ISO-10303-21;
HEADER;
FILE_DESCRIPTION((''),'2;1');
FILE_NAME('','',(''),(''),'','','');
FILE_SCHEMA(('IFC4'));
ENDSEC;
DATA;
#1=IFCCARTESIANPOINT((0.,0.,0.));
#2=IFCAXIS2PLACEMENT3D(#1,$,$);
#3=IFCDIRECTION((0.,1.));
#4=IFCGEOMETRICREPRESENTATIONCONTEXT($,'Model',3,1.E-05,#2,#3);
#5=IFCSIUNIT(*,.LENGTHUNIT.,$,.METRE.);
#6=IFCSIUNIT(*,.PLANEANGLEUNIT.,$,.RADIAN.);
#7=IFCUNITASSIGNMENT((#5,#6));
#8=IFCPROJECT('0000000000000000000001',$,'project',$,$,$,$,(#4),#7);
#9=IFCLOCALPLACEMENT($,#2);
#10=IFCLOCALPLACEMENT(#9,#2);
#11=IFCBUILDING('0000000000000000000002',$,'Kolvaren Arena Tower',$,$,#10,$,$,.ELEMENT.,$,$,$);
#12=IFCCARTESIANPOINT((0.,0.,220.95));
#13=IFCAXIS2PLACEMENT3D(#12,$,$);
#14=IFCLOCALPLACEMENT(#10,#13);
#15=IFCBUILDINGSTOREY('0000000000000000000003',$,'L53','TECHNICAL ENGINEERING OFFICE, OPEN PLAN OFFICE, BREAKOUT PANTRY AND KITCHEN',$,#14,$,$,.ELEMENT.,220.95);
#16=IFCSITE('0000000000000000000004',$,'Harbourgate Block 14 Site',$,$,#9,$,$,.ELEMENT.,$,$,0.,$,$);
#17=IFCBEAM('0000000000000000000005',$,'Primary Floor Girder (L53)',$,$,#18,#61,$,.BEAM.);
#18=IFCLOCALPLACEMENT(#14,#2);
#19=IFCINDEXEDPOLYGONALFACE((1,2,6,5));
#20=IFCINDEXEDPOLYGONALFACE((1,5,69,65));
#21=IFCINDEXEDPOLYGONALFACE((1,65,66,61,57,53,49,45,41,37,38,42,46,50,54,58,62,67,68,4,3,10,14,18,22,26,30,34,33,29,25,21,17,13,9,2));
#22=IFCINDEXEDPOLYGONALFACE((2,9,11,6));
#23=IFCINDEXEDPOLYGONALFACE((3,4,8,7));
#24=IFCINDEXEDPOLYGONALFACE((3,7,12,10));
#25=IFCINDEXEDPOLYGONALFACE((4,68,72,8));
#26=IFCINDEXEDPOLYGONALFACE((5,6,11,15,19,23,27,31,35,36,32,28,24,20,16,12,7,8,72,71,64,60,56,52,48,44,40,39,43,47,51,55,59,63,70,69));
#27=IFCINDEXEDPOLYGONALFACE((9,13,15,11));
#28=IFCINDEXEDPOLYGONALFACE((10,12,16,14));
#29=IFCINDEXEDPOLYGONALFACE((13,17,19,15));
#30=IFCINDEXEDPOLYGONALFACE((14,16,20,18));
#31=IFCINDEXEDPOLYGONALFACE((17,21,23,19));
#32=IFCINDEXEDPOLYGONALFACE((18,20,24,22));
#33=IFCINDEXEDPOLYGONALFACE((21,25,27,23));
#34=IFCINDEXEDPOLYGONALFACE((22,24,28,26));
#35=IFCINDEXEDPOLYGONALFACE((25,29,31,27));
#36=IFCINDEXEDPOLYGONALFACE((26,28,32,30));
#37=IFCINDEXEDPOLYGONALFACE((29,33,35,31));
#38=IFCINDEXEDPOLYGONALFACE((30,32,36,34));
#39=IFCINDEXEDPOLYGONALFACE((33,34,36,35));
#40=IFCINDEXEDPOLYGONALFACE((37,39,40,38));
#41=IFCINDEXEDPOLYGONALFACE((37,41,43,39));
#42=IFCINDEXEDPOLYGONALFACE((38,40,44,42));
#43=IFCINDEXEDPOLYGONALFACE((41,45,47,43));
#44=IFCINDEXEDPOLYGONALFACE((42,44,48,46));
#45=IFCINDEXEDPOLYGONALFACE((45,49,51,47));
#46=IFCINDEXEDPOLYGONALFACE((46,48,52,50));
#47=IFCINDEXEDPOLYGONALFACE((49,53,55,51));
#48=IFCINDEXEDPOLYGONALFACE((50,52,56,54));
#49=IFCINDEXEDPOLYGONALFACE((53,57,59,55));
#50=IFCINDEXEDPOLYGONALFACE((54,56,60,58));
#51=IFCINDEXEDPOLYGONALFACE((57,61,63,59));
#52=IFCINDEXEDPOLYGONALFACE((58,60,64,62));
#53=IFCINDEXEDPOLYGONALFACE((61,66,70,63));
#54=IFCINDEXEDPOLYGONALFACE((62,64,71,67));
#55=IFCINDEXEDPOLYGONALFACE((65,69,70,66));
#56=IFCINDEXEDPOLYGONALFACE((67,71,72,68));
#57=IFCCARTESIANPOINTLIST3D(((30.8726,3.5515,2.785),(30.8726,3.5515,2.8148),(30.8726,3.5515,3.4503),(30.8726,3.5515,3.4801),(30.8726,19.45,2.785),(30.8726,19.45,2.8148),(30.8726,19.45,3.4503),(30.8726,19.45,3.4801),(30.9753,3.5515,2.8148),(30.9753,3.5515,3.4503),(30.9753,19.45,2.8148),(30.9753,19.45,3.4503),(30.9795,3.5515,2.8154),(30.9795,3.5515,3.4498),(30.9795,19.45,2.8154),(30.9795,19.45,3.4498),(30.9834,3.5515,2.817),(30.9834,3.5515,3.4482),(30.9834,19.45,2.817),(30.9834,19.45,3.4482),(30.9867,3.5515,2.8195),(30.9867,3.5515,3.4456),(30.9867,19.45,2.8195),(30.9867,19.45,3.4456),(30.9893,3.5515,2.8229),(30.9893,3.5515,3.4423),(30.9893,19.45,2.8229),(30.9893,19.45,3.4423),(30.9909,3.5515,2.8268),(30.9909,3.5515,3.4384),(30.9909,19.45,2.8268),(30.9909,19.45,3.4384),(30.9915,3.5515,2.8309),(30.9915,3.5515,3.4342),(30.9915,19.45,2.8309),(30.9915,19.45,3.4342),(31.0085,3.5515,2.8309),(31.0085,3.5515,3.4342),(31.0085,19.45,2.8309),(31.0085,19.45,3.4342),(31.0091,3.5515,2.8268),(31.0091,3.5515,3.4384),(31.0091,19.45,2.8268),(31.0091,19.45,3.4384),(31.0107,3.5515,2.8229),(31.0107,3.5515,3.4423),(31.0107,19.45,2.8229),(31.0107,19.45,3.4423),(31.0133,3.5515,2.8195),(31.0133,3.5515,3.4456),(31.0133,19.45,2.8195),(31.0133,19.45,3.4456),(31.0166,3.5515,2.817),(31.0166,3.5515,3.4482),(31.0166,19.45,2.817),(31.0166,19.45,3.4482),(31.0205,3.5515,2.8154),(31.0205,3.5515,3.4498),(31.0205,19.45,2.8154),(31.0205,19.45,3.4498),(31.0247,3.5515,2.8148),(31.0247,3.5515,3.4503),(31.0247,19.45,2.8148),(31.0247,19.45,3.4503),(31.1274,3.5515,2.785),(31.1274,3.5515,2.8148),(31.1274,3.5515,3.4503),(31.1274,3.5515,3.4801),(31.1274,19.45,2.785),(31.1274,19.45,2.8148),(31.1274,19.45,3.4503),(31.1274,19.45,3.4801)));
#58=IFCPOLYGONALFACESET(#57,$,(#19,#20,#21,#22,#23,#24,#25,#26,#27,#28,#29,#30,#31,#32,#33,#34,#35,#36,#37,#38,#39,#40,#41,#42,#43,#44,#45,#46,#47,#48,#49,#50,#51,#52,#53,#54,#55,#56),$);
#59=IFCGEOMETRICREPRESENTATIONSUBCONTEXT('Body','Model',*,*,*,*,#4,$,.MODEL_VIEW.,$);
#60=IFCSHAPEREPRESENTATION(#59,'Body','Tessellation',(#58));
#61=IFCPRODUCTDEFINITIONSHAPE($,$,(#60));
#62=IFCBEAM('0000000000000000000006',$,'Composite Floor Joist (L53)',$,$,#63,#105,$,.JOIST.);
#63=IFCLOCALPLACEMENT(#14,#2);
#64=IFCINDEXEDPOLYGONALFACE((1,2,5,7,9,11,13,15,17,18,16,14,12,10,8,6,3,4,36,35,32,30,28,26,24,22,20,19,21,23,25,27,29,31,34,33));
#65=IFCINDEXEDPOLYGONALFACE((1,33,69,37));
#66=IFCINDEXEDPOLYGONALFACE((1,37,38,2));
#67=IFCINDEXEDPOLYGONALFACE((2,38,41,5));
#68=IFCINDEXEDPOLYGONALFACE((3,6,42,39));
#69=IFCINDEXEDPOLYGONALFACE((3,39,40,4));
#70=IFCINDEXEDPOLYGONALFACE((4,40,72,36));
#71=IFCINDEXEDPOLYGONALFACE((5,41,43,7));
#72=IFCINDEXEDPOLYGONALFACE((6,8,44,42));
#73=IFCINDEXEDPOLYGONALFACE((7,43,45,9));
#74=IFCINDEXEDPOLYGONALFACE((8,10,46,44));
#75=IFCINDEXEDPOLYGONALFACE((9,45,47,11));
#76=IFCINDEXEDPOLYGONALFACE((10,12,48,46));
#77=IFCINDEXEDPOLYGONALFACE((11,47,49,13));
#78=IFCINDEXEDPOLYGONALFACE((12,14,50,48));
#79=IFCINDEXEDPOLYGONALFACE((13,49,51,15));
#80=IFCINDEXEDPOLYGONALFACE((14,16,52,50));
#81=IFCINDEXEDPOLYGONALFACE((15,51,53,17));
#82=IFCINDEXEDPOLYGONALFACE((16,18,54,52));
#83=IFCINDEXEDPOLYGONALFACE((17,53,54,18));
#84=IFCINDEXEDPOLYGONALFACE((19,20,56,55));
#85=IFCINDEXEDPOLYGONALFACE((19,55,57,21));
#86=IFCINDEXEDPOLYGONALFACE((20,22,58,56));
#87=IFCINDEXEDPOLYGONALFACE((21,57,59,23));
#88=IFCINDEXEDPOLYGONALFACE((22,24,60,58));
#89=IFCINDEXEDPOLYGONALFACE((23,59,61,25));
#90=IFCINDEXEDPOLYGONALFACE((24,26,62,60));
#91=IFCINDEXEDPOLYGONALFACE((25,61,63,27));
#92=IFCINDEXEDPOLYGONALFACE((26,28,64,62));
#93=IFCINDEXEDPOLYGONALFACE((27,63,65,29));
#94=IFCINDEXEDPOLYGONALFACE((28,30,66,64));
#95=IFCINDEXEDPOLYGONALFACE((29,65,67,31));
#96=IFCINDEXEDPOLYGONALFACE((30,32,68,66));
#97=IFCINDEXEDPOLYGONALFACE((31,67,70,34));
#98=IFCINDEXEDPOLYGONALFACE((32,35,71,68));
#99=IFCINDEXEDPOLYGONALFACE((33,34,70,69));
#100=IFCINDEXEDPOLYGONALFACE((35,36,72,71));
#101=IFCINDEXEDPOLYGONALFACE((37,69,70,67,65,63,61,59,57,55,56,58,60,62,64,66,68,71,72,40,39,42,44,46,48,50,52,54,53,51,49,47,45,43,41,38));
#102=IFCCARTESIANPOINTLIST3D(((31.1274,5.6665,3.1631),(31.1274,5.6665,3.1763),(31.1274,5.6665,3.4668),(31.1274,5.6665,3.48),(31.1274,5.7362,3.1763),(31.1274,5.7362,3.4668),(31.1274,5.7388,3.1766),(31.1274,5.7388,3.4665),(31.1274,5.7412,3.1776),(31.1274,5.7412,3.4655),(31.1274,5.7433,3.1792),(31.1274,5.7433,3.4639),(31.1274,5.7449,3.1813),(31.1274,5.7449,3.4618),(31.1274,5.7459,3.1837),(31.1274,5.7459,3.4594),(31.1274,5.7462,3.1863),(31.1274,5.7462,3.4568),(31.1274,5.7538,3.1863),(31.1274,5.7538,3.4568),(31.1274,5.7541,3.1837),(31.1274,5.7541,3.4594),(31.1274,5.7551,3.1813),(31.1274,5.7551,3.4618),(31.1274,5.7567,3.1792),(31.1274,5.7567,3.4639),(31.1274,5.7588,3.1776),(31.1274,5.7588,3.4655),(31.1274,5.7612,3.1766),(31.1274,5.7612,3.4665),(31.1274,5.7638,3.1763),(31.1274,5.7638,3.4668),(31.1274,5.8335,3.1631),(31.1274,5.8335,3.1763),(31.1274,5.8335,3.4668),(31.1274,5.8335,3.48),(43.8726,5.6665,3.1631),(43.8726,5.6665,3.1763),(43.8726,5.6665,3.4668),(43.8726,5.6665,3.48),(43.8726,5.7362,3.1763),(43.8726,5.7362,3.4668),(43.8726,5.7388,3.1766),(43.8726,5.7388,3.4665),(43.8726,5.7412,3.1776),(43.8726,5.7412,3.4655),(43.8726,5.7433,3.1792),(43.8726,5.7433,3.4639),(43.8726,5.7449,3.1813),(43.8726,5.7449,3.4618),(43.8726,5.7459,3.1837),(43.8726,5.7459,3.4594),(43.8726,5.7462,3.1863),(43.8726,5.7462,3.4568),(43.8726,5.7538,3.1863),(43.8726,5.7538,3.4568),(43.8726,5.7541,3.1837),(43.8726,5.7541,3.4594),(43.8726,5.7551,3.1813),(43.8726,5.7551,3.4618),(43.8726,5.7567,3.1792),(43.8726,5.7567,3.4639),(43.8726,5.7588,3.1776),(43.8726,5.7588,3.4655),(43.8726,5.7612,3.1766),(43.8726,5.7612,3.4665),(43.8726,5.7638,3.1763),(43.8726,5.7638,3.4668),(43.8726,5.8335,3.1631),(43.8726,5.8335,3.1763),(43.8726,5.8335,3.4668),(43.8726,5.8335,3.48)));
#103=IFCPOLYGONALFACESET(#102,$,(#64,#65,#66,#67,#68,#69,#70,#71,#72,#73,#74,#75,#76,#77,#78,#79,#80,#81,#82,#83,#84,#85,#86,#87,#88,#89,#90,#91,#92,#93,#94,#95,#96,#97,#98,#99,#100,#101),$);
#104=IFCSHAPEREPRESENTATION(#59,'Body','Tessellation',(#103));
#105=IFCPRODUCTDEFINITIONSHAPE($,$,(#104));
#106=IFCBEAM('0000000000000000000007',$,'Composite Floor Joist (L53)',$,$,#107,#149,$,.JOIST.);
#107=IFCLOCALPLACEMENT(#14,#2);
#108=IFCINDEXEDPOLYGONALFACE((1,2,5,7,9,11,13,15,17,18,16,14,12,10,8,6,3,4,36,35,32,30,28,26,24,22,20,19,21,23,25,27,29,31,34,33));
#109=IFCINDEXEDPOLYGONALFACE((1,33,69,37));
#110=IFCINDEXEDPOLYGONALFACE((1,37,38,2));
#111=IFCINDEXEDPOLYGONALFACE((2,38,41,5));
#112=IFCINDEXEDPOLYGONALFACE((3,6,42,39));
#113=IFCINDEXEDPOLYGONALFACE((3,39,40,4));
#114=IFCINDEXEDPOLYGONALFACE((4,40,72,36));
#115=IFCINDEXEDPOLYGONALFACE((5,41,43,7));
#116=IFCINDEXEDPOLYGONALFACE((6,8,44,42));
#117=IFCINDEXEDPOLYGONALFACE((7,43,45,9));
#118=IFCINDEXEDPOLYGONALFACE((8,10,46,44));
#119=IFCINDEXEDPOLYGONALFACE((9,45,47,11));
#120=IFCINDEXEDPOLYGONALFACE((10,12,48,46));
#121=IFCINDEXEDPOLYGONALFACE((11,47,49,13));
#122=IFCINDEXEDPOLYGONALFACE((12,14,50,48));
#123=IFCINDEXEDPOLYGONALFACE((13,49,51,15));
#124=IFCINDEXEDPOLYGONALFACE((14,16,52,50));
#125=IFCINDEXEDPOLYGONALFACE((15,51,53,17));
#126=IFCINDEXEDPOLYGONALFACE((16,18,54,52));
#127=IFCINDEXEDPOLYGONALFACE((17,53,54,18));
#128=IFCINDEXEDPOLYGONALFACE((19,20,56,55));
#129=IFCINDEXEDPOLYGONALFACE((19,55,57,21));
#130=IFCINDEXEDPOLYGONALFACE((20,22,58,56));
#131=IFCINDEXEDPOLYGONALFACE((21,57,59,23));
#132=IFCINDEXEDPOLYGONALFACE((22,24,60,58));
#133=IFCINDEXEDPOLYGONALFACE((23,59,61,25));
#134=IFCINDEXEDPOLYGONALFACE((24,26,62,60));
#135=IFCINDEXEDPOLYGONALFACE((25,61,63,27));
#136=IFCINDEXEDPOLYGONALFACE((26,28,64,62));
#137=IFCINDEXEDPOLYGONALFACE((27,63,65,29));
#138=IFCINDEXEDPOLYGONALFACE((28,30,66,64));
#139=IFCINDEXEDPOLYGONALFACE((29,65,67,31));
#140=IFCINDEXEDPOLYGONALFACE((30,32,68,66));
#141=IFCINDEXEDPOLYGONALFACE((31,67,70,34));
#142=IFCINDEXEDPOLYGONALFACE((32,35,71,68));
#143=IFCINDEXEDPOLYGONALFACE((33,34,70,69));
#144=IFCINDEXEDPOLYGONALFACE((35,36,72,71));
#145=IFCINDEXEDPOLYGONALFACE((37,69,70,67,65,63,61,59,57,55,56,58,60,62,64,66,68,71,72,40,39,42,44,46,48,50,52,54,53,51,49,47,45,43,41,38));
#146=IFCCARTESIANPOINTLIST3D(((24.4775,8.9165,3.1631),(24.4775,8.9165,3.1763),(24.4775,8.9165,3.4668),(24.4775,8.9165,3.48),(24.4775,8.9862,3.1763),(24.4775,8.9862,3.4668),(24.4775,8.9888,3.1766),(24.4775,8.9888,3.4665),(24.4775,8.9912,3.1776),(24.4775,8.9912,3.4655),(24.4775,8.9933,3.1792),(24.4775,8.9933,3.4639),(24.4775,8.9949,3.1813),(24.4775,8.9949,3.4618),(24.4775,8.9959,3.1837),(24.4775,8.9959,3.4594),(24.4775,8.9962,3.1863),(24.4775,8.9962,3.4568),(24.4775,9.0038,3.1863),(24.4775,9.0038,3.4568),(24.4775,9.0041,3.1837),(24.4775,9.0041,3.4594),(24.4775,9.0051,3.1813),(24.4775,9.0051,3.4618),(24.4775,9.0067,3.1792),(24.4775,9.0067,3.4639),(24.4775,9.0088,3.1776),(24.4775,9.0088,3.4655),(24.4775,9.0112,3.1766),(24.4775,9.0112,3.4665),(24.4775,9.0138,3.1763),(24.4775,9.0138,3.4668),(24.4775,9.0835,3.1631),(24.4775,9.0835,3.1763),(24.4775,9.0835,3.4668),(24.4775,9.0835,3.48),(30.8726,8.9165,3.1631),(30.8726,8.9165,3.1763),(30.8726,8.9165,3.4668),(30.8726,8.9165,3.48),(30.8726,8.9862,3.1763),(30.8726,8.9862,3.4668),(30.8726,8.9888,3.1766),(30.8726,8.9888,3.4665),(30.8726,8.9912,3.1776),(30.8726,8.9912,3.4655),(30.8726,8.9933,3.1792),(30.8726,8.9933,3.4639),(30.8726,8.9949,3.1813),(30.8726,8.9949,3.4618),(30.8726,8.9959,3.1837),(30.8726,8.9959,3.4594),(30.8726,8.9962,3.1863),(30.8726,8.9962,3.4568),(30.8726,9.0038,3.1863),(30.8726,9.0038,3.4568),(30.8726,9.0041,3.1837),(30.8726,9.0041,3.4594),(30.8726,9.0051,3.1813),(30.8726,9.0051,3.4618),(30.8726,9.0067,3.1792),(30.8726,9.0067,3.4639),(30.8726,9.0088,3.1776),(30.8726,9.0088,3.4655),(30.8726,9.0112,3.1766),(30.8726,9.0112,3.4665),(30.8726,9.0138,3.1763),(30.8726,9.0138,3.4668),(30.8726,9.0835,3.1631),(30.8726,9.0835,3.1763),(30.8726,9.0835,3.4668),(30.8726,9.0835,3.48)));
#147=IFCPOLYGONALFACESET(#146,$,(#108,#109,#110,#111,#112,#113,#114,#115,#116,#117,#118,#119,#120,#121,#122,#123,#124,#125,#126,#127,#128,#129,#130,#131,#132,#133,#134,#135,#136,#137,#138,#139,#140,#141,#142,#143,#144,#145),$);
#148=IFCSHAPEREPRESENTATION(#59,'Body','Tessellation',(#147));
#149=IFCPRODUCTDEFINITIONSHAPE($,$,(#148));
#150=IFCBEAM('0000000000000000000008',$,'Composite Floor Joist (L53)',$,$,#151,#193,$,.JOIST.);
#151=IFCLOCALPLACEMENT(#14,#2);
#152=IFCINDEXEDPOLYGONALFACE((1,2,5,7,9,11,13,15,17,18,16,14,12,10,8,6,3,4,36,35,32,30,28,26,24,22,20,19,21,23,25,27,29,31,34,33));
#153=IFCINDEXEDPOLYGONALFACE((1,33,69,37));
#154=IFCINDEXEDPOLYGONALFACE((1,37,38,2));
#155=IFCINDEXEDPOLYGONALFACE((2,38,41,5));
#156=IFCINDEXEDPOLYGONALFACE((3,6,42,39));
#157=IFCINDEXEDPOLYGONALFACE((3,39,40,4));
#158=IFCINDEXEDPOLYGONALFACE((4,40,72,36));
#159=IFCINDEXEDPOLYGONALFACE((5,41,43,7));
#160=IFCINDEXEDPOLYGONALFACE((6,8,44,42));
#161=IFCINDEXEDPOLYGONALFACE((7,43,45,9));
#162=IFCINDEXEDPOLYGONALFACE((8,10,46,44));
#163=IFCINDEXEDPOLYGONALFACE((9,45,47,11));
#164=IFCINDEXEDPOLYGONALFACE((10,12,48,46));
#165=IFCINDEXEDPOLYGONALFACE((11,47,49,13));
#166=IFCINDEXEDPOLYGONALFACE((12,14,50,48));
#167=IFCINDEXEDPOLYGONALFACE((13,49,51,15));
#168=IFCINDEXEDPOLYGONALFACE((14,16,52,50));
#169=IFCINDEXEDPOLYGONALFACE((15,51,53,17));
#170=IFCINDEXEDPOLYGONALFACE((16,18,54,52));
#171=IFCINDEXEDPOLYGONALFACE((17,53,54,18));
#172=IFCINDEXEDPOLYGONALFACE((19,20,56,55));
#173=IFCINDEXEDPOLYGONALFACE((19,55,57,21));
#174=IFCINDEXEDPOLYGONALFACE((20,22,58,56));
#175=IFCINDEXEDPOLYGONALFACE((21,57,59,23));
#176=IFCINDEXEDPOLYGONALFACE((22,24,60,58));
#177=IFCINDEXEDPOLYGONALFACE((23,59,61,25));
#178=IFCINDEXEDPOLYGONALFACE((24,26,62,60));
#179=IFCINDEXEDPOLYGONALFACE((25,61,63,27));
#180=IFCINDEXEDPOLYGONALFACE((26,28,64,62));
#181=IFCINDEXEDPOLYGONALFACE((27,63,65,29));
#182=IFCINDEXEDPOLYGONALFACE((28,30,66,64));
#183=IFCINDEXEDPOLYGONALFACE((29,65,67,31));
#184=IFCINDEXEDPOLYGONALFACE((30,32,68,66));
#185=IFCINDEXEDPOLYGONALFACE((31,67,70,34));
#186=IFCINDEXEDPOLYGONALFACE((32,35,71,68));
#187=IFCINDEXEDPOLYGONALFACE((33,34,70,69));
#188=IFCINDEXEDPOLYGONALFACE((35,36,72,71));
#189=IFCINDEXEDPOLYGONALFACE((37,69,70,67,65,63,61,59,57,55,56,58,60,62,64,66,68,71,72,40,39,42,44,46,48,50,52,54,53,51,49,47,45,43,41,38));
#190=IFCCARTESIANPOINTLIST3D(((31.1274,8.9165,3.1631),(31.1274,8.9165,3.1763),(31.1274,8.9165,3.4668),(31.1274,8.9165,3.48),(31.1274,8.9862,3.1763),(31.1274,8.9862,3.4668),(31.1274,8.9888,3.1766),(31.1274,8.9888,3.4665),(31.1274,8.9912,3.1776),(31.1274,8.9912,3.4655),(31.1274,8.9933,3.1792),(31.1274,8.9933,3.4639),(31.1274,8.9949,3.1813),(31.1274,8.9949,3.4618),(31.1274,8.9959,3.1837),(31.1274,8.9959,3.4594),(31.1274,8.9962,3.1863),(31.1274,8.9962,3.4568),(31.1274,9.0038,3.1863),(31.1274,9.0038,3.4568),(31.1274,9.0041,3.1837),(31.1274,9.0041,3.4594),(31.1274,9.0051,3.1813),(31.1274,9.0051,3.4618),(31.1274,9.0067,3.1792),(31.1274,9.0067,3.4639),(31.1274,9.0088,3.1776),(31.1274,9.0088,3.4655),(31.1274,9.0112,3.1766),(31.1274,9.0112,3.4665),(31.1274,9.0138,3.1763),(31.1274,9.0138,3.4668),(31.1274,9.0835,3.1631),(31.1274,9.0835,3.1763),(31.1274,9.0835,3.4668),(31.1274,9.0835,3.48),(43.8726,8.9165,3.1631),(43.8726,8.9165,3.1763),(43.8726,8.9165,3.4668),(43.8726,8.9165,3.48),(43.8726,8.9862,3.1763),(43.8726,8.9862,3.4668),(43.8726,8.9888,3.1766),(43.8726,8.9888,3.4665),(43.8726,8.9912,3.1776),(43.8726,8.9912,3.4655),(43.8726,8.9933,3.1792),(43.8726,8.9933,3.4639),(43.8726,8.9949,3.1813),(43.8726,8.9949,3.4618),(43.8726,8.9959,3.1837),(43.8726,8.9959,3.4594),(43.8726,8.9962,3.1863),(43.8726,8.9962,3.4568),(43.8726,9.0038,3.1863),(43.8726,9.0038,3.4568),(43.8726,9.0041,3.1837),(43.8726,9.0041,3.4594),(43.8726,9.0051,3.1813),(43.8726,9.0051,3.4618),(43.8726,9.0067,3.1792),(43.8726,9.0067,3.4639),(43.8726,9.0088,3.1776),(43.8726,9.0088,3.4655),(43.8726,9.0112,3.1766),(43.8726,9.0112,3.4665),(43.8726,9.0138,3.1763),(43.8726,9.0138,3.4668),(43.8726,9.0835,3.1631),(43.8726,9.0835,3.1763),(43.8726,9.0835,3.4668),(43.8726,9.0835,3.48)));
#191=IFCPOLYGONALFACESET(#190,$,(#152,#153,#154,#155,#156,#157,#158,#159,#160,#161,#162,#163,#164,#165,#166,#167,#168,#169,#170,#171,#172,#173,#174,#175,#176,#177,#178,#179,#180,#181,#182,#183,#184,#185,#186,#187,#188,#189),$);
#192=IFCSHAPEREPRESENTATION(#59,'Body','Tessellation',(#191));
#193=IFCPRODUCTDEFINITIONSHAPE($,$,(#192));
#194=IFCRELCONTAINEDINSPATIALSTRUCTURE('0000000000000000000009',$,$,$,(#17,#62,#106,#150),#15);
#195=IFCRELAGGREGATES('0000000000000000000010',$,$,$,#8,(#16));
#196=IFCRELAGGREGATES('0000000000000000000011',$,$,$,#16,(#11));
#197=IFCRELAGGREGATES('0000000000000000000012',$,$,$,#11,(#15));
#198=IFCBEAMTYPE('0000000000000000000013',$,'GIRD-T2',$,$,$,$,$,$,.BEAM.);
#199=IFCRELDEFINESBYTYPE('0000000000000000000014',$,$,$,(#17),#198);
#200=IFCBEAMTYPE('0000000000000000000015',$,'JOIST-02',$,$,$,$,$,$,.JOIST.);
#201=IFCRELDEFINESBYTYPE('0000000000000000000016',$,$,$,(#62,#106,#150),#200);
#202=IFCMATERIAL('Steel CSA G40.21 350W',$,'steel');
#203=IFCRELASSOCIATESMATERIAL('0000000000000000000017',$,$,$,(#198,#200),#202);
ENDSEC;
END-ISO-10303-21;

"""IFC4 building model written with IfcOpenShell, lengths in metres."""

from ifc_helpers import new_model, si_unit, direction, frame, origin, origin_2d, place, context, subcontext, project, spatial, i_section, extrude, material, material_profile, profile_set, type_object, element, save


model = new_model("IFC4")

# Units and contexts
model_context = context("Model", 3, precision=1e-05, world=origin(), true_north=direction((0.0, 1.0)))
body_context = subcontext(model_context, "Body", "Model", "MODEL_VIEW")
ifc_project = project(units=[si_unit("LENGTHUNIT", "METRE"), si_unit("PLANEANGLEUNIT", "RADIAN")], contexts=[model_context])

# Site, building, storey
site_placement = place(None, origin())
site = spatial("IfcSite", under=ifc_project, at=site_placement, Name="Harbourgate Block 14 Site", CompositionType="ELEMENT", RefElevation=0.0)
building_placement = place(site_placement, origin())
building = spatial("IfcBuilding", under=site, at=building_placement, Name="Kolvaren Arena Tower", CompositionType="ELEMENT")
storey_placement = place(building_placement, frame((0.0, 0.0, 220.95)))
storey = spatial("IfcBuildingStorey", under=building, at=storey_placement, Name="L53", Description="TECHNICAL ENGINEERING OFFICE, OPEN PLAN OFFICE, BREAKOUT PANTRY AND KITCHEN", CompositionType="ELEMENT", Elevation=220.95)

# Beams
ifc_material_1 = material(Name="Steel CSA G40.21 350W", Category="steel")
ifc_material_profile_1 = material_profile(ifc_material_1, i_section(OverallWidth=0.2549, OverallDepth=0.6951, WebThickness=0.0171, FlangeThickness=0.0298, FilletRadius=0.0161, at=origin_2d()), Name="W690x217")
ifc_profile_set_1 = profile_set([ifc_material_profile_1], Name="Steel CSA G40.21 350W")
beam_type_1 = type_object("IfcBeamType", Name="GIRD-T2", PredefinedType="BEAM", material=ifc_profile_set_1)
beam_1_placement = place(storey_placement, frame((31.0, 3.5515, 3.1326), z_axis=(0.0, 1.0, 0.0), x_axis=(-1.0, 0.0, 0.0)))
element("IfcBeam", 1, at=beam_1_placement, inside=storey, type_object=beam_type_1, Name="Primary Floor Girder (L53)", PredefinedType="BEAM", context=body_context, shape_type="SweptSolid", body=[
    extrude(i_section(OverallWidth=0.2549, OverallDepth=0.6951, WebThickness=0.0171, FlangeThickness=0.0298, FilletRadius=0.0161, at=origin_2d()), origin(), (0.0, 0.0, 1.0), 15.8984),
])
ifc_material_profile_2 = material_profile(ifc_material_1, i_section(OverallWidth=0.167, OverallDepth=0.3169, WebThickness=0.0076, FlangeThickness=0.0132, FilletRadius=0.01, at=origin_2d()), Name="W310x52")
ifc_profile_set_2 = profile_set([ifc_material_profile_2], Name="Steel CSA G40.21 350W")
beam_type_2 = type_object("IfcBeamType", Name="JOIST-02", PredefinedType="JOIST", material=ifc_profile_set_2)
beam_2_placement = place(storey_placement, frame((31.1274, 5.75, 3.3215), z_axis=(1.0, 0.0, 0.0), x_axis=(0.0, 1.0, 0.0)))
element("IfcBeam", 2, at=beam_2_placement, inside=storey, type_object=beam_type_2, Name="Composite Floor Joist (L53)", PredefinedType="JOIST", context=body_context, shape_type="SweptSolid", body=[
    extrude(i_section(OverallWidth=0.167, OverallDepth=0.3169, WebThickness=0.0076, FlangeThickness=0.0132, FilletRadius=0.01, at=origin_2d()), origin(), (0.0, 0.0, 1.0), 12.7451),
])
beam_3_placement = place(storey_placement, frame((24.4775, 9.0, 3.3215), z_axis=(1.0, 0.0, 0.0), x_axis=(0.0, 1.0, 0.0)))
element("IfcBeam", 3, at=beam_3_placement, inside=storey, type_object=beam_type_2, Name="Composite Floor Joist (L53)", PredefinedType="JOIST", context=body_context, shape_type="SweptSolid", body=[
    extrude(i_section(OverallWidth=0.167, OverallDepth=0.3169, WebThickness=0.0076, FlangeThickness=0.0132, FilletRadius=0.01, at=origin_2d()), origin(), (0.0, 0.0, 1.0), 6.395),
])
beam_4_placement = place(storey_placement, frame((31.1274, 9.0, 3.3215), z_axis=(1.0, 0.0, 0.0), x_axis=(0.0, 1.0, 0.0)))
element("IfcBeam", 4, at=beam_4_placement, inside=storey, type_object=beam_type_2, Name="Composite Floor Joist (L53)", PredefinedType="JOIST", context=body_context, shape_type="SweptSolid", body=[
    extrude(i_section(OverallWidth=0.167, OverallDepth=0.3169, WebThickness=0.0076, FlangeThickness=0.0132, FilletRadius=0.01, at=origin_2d()), origin(), (0.0, 0.0, 1.0), 12.7451),
])

save(model, "model.ifc")
